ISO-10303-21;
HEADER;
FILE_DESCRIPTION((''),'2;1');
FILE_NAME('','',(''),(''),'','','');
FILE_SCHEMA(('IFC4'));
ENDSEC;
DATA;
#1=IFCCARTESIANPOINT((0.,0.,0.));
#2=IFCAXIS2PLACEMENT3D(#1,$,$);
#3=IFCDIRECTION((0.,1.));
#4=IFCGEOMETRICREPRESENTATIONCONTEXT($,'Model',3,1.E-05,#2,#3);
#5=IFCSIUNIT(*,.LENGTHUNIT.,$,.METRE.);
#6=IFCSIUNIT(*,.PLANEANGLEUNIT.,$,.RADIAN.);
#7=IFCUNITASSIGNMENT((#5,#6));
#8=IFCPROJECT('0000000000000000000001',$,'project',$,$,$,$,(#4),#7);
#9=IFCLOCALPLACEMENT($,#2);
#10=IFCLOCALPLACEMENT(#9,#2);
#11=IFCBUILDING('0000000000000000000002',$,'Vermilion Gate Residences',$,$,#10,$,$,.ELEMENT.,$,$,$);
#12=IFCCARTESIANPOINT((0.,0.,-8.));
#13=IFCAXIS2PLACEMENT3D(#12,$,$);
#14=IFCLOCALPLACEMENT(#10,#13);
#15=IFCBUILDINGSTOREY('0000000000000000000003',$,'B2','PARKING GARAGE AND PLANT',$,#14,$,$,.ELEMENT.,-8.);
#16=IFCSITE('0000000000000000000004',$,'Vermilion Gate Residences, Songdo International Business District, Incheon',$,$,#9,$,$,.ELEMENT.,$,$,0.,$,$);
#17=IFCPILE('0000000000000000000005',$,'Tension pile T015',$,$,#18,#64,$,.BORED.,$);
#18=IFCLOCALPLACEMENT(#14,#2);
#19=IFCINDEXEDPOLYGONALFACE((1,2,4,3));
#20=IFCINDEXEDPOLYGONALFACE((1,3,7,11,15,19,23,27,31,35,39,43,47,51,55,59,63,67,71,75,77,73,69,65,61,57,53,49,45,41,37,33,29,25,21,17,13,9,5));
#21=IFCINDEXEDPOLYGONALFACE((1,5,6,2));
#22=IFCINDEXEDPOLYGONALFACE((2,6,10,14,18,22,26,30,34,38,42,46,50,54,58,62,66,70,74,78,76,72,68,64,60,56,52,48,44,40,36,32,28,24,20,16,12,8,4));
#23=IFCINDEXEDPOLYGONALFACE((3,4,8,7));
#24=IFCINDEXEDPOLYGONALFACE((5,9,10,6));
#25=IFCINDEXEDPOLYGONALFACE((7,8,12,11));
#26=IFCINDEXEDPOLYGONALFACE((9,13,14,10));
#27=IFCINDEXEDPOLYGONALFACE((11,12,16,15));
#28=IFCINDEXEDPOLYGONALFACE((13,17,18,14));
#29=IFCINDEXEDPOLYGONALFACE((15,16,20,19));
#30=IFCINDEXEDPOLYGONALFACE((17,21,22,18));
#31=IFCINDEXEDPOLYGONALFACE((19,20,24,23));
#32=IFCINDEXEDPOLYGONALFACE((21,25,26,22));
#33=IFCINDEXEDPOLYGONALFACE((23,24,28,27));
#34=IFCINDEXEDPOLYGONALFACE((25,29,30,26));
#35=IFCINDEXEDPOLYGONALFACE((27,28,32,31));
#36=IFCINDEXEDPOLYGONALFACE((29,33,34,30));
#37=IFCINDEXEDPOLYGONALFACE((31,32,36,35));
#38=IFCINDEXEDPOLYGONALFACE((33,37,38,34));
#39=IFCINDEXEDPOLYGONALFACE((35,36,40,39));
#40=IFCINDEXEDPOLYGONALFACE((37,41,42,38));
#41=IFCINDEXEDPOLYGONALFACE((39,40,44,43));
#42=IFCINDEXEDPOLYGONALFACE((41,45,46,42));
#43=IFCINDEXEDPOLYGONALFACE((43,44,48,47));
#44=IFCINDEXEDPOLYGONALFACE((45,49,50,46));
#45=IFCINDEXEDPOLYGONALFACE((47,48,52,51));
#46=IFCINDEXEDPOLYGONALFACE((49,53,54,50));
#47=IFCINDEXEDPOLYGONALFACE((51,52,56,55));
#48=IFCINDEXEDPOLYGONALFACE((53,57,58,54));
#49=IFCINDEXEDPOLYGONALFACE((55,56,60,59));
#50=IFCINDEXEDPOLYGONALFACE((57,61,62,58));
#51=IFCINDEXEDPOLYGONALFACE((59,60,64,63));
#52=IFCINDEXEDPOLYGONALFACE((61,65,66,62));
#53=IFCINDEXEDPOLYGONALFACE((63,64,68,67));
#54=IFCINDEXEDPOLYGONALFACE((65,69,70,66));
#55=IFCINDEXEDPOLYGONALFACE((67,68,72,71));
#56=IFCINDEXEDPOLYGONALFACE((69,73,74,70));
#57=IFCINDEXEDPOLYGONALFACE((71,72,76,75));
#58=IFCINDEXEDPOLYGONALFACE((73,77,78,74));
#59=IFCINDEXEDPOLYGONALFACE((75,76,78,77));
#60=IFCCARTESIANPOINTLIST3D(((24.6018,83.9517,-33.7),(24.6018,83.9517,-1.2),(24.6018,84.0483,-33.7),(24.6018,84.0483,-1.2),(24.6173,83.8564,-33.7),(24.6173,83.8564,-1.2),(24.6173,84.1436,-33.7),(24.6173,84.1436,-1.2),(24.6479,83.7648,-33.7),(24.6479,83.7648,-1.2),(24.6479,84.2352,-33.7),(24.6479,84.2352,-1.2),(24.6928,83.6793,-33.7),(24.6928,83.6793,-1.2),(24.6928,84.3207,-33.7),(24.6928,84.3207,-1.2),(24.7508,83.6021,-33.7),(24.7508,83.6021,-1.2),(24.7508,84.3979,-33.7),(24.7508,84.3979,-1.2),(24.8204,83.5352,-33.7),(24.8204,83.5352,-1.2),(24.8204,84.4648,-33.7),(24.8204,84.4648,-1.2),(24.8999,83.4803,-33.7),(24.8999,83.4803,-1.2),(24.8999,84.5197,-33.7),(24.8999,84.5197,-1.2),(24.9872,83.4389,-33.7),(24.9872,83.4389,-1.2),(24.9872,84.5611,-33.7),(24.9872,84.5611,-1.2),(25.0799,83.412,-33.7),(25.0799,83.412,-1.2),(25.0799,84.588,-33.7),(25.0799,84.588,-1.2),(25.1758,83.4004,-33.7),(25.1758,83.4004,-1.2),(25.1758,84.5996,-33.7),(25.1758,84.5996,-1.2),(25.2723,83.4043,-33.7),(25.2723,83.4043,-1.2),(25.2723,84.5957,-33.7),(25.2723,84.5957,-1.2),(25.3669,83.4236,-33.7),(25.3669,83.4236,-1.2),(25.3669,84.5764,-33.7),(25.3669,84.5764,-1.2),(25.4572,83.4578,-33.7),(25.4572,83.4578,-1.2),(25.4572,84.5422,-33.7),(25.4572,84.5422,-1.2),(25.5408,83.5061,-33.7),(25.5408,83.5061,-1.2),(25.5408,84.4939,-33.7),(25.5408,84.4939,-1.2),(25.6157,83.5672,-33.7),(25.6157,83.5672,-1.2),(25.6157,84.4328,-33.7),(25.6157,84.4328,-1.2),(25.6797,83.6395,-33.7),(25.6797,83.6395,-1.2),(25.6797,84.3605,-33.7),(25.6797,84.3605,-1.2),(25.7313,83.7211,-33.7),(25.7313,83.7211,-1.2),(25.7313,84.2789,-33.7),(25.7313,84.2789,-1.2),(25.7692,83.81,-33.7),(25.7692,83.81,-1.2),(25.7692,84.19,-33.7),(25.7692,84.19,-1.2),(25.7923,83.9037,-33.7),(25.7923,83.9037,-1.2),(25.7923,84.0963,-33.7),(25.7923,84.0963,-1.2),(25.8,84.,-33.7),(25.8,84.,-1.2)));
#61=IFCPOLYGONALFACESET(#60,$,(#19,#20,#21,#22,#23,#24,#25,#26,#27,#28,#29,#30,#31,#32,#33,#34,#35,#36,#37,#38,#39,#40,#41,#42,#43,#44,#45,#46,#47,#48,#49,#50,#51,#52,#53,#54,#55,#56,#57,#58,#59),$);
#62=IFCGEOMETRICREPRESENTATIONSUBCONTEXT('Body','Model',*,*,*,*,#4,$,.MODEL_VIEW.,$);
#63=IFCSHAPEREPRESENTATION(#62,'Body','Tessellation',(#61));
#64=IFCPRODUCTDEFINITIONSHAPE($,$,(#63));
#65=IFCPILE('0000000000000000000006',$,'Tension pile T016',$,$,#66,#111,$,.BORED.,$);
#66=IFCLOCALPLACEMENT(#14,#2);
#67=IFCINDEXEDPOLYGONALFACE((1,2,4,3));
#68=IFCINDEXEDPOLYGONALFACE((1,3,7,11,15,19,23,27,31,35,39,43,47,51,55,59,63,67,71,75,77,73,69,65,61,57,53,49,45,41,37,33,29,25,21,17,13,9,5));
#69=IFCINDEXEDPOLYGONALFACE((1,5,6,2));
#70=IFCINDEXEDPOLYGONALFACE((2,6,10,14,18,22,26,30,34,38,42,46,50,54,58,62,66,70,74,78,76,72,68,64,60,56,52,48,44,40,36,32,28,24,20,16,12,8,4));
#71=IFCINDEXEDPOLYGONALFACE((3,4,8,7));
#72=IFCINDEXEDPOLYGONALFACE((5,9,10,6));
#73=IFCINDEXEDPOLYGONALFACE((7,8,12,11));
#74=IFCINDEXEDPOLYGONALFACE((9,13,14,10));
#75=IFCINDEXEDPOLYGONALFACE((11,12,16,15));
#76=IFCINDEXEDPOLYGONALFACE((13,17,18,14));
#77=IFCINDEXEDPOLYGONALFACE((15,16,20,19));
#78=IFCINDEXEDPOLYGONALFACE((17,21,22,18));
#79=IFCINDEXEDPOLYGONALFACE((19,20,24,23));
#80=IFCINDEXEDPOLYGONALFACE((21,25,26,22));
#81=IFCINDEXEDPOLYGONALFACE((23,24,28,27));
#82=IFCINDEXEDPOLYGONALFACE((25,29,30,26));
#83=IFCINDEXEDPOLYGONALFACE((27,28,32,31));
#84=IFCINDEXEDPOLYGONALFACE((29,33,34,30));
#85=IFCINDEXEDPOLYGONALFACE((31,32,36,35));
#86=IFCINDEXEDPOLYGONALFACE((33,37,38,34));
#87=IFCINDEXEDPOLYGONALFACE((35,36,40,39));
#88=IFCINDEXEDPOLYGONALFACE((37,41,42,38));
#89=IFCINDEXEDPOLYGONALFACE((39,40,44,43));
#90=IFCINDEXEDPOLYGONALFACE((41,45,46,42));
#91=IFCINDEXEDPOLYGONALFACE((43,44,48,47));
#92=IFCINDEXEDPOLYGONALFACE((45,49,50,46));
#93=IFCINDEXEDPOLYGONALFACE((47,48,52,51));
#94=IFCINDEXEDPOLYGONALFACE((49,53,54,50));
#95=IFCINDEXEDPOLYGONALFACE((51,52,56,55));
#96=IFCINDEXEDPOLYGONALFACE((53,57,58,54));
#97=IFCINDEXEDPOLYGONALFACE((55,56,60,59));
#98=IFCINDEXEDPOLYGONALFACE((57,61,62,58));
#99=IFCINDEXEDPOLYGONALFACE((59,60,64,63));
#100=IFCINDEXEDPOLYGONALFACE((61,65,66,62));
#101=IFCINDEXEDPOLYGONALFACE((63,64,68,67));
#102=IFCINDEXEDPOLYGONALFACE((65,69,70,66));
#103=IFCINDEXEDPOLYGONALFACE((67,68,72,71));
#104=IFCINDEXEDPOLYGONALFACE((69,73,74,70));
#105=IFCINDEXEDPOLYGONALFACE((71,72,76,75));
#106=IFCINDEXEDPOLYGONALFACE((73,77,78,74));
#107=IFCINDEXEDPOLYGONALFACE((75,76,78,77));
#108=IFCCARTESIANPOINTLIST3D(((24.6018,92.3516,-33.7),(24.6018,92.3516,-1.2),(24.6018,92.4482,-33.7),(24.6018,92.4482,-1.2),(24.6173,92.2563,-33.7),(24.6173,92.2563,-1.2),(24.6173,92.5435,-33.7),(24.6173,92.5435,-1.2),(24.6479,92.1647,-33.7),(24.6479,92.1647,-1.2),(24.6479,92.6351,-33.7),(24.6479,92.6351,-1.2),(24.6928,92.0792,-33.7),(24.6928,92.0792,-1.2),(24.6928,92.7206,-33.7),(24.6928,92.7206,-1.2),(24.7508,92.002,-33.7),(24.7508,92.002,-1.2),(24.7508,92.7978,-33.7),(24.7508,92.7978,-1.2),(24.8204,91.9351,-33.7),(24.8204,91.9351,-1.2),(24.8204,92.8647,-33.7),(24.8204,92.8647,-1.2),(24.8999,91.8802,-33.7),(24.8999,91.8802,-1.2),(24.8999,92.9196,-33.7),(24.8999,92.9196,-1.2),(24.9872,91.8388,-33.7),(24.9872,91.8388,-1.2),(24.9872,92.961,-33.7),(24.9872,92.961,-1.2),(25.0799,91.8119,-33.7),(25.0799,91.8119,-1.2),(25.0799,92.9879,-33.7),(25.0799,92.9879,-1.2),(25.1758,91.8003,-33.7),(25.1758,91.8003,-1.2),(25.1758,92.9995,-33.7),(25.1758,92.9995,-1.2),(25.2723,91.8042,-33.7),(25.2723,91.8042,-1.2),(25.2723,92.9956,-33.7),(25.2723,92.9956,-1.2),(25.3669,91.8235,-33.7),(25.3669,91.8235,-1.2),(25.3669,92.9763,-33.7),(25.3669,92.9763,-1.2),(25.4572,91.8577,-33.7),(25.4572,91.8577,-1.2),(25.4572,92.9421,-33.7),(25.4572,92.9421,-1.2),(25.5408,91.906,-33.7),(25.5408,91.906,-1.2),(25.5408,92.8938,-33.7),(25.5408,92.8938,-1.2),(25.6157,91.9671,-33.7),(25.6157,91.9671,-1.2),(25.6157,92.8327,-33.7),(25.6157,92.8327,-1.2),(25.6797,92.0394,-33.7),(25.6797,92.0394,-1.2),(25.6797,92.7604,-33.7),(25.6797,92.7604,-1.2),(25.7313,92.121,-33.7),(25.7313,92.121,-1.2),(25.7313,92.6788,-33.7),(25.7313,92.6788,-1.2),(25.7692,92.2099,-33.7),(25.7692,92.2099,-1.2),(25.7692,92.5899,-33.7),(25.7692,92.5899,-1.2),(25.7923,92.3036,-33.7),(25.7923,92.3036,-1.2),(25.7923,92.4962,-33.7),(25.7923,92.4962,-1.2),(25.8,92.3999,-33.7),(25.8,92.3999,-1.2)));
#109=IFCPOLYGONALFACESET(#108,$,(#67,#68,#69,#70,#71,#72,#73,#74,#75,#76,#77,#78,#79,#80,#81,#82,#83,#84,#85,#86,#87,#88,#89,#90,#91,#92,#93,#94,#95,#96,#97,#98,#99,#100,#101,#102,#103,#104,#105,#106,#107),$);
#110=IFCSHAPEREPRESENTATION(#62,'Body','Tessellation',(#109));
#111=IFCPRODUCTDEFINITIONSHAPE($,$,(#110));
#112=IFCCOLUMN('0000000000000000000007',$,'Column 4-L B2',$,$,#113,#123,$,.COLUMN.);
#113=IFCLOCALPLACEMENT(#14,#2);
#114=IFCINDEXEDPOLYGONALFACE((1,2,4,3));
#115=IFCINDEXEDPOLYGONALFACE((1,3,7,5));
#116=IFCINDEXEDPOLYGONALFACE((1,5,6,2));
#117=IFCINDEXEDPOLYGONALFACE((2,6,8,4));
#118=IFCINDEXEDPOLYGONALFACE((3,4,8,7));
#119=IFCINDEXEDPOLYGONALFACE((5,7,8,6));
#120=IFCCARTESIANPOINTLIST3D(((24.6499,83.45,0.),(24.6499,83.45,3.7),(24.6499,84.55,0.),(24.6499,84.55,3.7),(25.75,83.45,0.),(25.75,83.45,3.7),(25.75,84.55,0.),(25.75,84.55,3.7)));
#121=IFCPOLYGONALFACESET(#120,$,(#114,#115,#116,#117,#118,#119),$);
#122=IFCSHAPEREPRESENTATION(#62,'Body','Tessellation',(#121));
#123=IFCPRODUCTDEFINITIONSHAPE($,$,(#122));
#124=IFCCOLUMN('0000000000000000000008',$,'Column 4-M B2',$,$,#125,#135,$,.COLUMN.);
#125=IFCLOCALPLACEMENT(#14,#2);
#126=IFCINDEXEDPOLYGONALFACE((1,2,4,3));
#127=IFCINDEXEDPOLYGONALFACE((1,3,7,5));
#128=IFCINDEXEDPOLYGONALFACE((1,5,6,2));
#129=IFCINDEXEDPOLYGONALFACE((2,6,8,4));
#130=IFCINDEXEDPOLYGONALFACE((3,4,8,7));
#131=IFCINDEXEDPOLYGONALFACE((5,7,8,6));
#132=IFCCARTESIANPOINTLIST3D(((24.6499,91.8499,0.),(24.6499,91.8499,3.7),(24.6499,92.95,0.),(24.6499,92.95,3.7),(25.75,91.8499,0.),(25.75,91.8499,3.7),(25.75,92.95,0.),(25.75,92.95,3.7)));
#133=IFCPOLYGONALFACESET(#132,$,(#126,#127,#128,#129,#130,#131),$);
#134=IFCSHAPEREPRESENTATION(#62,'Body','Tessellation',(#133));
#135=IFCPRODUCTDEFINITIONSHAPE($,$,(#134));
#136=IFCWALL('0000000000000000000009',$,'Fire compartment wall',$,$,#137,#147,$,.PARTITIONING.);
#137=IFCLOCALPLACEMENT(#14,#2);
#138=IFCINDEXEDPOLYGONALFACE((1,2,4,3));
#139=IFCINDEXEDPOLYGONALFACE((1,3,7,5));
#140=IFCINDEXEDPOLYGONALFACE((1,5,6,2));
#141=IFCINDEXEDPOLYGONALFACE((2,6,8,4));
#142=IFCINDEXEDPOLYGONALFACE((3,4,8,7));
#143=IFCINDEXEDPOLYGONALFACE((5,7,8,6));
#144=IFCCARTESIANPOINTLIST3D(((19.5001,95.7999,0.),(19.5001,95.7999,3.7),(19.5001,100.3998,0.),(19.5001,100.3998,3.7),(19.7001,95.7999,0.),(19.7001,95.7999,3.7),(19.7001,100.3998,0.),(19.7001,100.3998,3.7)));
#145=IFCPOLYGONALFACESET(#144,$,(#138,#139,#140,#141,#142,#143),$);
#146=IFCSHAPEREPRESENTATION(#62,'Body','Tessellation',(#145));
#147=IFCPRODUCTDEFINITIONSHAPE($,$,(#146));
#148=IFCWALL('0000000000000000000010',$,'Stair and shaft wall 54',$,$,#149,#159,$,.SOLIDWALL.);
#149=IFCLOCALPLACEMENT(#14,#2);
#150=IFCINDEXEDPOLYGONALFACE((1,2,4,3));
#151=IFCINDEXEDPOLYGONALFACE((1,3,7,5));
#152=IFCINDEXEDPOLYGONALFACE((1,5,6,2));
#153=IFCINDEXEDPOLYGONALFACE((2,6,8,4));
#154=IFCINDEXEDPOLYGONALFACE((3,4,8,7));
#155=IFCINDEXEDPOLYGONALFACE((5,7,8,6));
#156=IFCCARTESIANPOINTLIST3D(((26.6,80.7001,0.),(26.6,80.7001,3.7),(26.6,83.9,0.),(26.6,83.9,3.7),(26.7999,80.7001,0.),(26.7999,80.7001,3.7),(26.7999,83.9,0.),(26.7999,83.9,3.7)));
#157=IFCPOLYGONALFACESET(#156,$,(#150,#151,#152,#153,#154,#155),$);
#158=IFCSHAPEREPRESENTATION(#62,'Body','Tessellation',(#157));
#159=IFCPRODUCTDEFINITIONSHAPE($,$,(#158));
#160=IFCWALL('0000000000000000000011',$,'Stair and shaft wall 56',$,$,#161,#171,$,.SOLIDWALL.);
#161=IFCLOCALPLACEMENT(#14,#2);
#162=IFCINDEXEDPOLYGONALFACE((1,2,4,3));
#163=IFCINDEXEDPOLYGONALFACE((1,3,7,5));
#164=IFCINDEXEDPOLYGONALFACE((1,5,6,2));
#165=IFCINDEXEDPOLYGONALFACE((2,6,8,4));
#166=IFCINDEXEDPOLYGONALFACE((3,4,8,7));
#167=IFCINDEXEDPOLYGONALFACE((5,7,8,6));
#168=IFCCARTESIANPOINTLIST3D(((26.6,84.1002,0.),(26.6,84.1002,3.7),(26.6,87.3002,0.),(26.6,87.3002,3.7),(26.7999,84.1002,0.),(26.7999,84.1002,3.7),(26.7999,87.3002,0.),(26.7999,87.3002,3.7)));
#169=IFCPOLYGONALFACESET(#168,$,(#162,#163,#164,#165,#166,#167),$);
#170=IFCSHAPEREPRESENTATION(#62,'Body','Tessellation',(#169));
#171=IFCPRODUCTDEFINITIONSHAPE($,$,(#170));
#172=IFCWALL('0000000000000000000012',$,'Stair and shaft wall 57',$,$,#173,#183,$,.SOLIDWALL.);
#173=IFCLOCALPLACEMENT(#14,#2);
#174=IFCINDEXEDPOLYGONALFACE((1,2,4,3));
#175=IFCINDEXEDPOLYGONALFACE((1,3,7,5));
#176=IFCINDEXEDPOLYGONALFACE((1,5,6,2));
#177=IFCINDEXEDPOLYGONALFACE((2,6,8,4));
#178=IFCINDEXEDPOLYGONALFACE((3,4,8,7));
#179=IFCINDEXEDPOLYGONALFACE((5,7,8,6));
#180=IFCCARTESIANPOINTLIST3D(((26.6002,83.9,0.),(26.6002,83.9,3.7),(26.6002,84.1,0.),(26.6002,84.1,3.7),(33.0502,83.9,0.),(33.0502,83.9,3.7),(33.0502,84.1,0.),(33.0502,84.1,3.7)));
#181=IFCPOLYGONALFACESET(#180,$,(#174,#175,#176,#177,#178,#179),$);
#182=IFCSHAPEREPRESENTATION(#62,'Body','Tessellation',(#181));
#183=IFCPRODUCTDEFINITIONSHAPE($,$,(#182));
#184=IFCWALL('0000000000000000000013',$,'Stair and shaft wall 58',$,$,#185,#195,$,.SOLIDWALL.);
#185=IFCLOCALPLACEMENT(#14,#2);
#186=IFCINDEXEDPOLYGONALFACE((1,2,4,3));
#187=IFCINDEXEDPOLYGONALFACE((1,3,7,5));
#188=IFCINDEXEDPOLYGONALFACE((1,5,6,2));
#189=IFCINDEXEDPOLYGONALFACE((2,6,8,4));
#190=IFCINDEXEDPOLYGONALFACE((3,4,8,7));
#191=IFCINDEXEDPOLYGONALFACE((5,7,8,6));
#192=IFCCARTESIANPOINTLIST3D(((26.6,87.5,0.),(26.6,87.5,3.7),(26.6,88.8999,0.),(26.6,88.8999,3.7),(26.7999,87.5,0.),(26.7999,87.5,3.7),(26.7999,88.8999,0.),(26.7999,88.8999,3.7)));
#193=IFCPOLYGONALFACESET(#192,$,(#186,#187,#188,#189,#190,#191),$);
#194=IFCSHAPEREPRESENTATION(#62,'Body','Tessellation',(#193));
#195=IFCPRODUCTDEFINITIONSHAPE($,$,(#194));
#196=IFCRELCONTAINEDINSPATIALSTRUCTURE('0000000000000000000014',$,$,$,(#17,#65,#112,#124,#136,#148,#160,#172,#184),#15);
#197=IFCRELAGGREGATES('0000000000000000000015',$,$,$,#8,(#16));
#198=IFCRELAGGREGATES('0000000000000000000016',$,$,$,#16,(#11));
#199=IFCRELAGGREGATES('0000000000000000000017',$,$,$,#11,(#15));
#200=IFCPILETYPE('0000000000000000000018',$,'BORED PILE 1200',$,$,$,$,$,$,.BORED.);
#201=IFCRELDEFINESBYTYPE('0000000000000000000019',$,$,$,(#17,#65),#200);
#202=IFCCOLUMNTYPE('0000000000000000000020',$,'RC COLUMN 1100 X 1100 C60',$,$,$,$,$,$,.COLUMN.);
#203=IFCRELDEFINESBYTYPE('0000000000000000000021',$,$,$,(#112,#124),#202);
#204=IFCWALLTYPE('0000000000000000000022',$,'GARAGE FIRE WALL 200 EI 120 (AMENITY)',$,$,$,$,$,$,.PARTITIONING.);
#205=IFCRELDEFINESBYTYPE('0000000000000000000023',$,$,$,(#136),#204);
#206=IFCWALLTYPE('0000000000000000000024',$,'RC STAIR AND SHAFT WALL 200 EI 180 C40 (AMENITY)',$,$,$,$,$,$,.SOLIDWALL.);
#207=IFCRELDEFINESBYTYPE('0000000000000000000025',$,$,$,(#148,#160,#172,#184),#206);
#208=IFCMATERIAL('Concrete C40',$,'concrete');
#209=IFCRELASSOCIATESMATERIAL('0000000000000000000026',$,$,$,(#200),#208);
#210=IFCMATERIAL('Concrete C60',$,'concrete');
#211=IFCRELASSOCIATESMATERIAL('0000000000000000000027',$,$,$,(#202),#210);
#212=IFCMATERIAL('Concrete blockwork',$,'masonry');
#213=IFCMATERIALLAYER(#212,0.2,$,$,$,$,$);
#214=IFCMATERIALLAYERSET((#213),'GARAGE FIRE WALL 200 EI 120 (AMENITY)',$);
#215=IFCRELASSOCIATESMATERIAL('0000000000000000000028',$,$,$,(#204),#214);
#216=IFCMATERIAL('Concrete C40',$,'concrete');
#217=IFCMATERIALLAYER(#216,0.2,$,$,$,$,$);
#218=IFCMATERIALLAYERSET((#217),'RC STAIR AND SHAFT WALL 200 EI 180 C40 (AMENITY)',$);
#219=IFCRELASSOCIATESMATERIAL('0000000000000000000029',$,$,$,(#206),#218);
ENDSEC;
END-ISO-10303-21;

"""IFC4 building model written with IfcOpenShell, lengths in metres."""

from ifc_helpers import new_model, si_unit, direction, frame, frame_2d, origin, origin_2d, place, context, subcontext, project, spatial, rectangle, circle, extrude, material, layer, layer_set, material_profile, profile_set, type_object, element, save


model = new_model("IFC4")

# Units and contexts
model_context = context("Model", 3, precision=1e-05, world=origin(), true_north=direction((0.0, 1.0)))
body_context = subcontext(model_context, "Body", "Model", "MODEL_VIEW")
ifc_project = project(units=[si_unit("LENGTHUNIT", "METRE"), si_unit("PLANEANGLEUNIT", "RADIAN")], contexts=[model_context])

# Site, building, storey
site_placement = place(None, origin())
site = spatial("IfcSite", under=ifc_project, at=site_placement, Name="Vermilion Gate Residences, Songdo International Business District, Incheon", CompositionType="ELEMENT", RefElevation=0.0)
building_placement = place(site_placement, origin())
building = spatial("IfcBuilding", under=site, at=building_placement, Name="Vermilion Gate Residences", CompositionType="ELEMENT")
storey_placement = place(building_placement, frame((0.0, 0.0, -8.0)))
storey = spatial("IfcBuildingStorey", under=building, at=storey_placement, Name="B2", Description="PARKING GARAGE AND PLANT", CompositionType="ELEMENT", Elevation=-8.0)

# Piles
ifc_material_1 = material(Name="Concrete C40", Category="concrete")
ifc_material_profile_1 = material_profile(ifc_material_1, circle(Radius=0.6001, at=origin_2d()), Name="BORED PILE 1200")
ifc_profile_set_1 = profile_set([ifc_material_profile_1], Name="Concrete C40")
pile_type = type_object("IfcPileType", Name="BORED PILE 1200", PredefinedType="BORED", material=ifc_profile_set_1)
for number, where, z_axis, x_axis, name in (
    (1, (25.2, 84.0, -1.2), (0.0, 0.0, -1.0), (1.0, 0.0, 0.0), "Tension pile T015"),
    (2, (25.2, 92.3999, -1.2), (0.0, 0.0, -1.0), (1.0, 0.0, 0.0), "Tension pile T016"),
):
    element("IfcPile", number, at=place(storey_placement, frame(where, z_axis=z_axis, x_axis=x_axis)), inside=storey, type_object=pile_type, Name=name, PredefinedType="BORED", context=body_context, shape_type="SweptSolid", body=[
        extrude(circle(Radius=0.6001, at=origin_2d()), origin(), (0.0, 0.0, 1.0), 32.5),
    ])

# Columns
ifc_material_2 = material(Name="Concrete C60", Category="concrete")
ifc_material_profile_2 = material_profile(ifc_material_2, rectangle(XDim=1.1001, YDim=1.1001, at=origin_2d()), Name="RC-1100x1100")
ifc_profile_set_2 = profile_set([ifc_material_profile_2], Name="Concrete C60")
column_type = type_object("IfcColumnType", Name="RC COLUMN 1100 X 1100 C60", PredefinedType="COLUMN", material=ifc_profile_set_2)
for number, where, z_axis, x_axis, name in (
    (3, (25.2, 84.0, 0.0), (0.0, 0.0, 1.0), (1.0, 0.0, 0.0), "Column 4-L B2"),
    (4, (25.2, 92.3999, 0.0), (0.0, 0.0, 1.0), (1.0, 0.0, 0.0), "Column 4-M B2"),
):
    element("IfcColumn", number, at=place(storey_placement, frame(where, z_axis=z_axis, x_axis=x_axis)), inside=storey, type_object=column_type, Name=name, PredefinedType="COLUMN", context=body_context, shape_type="SweptSolid", body=[
        extrude(rectangle(XDim=1.1001, YDim=1.1001, at=origin_2d()), origin(), (0.0, 0.0, 1.0), 3.7),
    ])

# Shared definitions
ifc_material_3 = material(Name="Concrete blockwork", Category="masonry")
ifc_layer_1 = layer(ifc_material_3, 0.2)
ifc_layer_set_1 = layer_set([ifc_layer_1], Name="GARAGE FIRE WALL 200 EI 120 (AMENITY)")
wall_type_1 = type_object("IfcWallType", Name="GARAGE FIRE WALL 200 EI 120 (AMENITY)", PredefinedType="PARTITIONING", material=ifc_layer_set_1)

# Walls
wall_1_placement = place(storey_placement, frame((19.6001, 95.8, 0.0), z_axis=(0.0, 0.0, 1.0), x_axis=(0.0, 1.0, 0.0)))
element("IfcWall", 5, at=wall_1_placement, inside=storey, type_object=wall_type_1, Name="Fire compartment wall", PredefinedType="PARTITIONING", context=body_context, shape_type="SweptSolid", body=[
    extrude(rectangle(XDim=4.5999, YDim=0.2, at=frame_2d((2.2998, 0.0))), origin(), (0.0, 0.0, 1.0), 3.7),
])
ifc_material_4 = material(Name="Concrete C40", Category="concrete")
ifc_layer_2 = layer(ifc_material_4, 0.2)
ifc_layer_set_2 = layer_set([ifc_layer_2], Name="RC STAIR AND SHAFT WALL 200 EI 180 C40 (AMENITY)")
wall_type_2 = type_object("IfcWallType", Name="RC STAIR AND SHAFT WALL 200 EI 180 C40 (AMENITY)", PredefinedType="SOLIDWALL", material=ifc_layer_set_2)
for number, where, z_axis, x_axis, name in (
    (6, (26.7, 80.7, 0.0), (0.0, 0.0, 1.0), (0.0, 1.0, 0.0), "Stair and shaft wall 54"),
    (7, (26.7, 84.1001, 0.0), (0.0, 0.0, 1.0), (0.0, 1.0, 0.0), "Stair and shaft wall 56"),
):
    element("IfcWall", number, at=place(storey_placement, frame(where, z_axis=z_axis, x_axis=x_axis)), inside=storey, type_object=wall_type_2, Name=name, PredefinedType="SOLIDWALL", context=body_context, shape_type="SweptSolid", body=[
        extrude(rectangle(XDim=3.2, YDim=0.2, at=frame_2d((1.6001, 0.0))), origin(), (0.0, 0.0, 1.0), 3.7),
    ])
wall_2_placement = place(storey_placement, frame((26.6001, 84.0, 0.0), z_axis=(0.0, 0.0, 1.0), x_axis=(1.0, 0.0, 0.0)))
element("IfcWall", 8, at=wall_2_placement, inside=storey, type_object=wall_type_2, Name="Stair and shaft wall 57", PredefinedType="SOLIDWALL", context=body_context, shape_type="SweptSolid", body=[
    extrude(rectangle(XDim=6.45, YDim=0.2, at=frame_2d((3.2251, 0.0))), origin(), (0.0, 0.0, 1.0), 3.7),
])
wall_3_placement = place(storey_placement, frame((26.7, 87.5, 0.0), z_axis=(0.0, 0.0, 1.0), x_axis=(0.0, 1.0, 0.0)))
element("IfcWall", 9, at=wall_3_placement, inside=storey, type_object=wall_type_2, Name="Stair and shaft wall 58", PredefinedType="SOLIDWALL", context=body_context, shape_type="SweptSolid", body=[
    extrude(rectangle(XDim=1.3999, YDim=0.2, at=frame_2d((0.7, 0.0))), origin(), (0.0, 0.0, 1.0), 3.7),
])

save(model, "model.ifc")
